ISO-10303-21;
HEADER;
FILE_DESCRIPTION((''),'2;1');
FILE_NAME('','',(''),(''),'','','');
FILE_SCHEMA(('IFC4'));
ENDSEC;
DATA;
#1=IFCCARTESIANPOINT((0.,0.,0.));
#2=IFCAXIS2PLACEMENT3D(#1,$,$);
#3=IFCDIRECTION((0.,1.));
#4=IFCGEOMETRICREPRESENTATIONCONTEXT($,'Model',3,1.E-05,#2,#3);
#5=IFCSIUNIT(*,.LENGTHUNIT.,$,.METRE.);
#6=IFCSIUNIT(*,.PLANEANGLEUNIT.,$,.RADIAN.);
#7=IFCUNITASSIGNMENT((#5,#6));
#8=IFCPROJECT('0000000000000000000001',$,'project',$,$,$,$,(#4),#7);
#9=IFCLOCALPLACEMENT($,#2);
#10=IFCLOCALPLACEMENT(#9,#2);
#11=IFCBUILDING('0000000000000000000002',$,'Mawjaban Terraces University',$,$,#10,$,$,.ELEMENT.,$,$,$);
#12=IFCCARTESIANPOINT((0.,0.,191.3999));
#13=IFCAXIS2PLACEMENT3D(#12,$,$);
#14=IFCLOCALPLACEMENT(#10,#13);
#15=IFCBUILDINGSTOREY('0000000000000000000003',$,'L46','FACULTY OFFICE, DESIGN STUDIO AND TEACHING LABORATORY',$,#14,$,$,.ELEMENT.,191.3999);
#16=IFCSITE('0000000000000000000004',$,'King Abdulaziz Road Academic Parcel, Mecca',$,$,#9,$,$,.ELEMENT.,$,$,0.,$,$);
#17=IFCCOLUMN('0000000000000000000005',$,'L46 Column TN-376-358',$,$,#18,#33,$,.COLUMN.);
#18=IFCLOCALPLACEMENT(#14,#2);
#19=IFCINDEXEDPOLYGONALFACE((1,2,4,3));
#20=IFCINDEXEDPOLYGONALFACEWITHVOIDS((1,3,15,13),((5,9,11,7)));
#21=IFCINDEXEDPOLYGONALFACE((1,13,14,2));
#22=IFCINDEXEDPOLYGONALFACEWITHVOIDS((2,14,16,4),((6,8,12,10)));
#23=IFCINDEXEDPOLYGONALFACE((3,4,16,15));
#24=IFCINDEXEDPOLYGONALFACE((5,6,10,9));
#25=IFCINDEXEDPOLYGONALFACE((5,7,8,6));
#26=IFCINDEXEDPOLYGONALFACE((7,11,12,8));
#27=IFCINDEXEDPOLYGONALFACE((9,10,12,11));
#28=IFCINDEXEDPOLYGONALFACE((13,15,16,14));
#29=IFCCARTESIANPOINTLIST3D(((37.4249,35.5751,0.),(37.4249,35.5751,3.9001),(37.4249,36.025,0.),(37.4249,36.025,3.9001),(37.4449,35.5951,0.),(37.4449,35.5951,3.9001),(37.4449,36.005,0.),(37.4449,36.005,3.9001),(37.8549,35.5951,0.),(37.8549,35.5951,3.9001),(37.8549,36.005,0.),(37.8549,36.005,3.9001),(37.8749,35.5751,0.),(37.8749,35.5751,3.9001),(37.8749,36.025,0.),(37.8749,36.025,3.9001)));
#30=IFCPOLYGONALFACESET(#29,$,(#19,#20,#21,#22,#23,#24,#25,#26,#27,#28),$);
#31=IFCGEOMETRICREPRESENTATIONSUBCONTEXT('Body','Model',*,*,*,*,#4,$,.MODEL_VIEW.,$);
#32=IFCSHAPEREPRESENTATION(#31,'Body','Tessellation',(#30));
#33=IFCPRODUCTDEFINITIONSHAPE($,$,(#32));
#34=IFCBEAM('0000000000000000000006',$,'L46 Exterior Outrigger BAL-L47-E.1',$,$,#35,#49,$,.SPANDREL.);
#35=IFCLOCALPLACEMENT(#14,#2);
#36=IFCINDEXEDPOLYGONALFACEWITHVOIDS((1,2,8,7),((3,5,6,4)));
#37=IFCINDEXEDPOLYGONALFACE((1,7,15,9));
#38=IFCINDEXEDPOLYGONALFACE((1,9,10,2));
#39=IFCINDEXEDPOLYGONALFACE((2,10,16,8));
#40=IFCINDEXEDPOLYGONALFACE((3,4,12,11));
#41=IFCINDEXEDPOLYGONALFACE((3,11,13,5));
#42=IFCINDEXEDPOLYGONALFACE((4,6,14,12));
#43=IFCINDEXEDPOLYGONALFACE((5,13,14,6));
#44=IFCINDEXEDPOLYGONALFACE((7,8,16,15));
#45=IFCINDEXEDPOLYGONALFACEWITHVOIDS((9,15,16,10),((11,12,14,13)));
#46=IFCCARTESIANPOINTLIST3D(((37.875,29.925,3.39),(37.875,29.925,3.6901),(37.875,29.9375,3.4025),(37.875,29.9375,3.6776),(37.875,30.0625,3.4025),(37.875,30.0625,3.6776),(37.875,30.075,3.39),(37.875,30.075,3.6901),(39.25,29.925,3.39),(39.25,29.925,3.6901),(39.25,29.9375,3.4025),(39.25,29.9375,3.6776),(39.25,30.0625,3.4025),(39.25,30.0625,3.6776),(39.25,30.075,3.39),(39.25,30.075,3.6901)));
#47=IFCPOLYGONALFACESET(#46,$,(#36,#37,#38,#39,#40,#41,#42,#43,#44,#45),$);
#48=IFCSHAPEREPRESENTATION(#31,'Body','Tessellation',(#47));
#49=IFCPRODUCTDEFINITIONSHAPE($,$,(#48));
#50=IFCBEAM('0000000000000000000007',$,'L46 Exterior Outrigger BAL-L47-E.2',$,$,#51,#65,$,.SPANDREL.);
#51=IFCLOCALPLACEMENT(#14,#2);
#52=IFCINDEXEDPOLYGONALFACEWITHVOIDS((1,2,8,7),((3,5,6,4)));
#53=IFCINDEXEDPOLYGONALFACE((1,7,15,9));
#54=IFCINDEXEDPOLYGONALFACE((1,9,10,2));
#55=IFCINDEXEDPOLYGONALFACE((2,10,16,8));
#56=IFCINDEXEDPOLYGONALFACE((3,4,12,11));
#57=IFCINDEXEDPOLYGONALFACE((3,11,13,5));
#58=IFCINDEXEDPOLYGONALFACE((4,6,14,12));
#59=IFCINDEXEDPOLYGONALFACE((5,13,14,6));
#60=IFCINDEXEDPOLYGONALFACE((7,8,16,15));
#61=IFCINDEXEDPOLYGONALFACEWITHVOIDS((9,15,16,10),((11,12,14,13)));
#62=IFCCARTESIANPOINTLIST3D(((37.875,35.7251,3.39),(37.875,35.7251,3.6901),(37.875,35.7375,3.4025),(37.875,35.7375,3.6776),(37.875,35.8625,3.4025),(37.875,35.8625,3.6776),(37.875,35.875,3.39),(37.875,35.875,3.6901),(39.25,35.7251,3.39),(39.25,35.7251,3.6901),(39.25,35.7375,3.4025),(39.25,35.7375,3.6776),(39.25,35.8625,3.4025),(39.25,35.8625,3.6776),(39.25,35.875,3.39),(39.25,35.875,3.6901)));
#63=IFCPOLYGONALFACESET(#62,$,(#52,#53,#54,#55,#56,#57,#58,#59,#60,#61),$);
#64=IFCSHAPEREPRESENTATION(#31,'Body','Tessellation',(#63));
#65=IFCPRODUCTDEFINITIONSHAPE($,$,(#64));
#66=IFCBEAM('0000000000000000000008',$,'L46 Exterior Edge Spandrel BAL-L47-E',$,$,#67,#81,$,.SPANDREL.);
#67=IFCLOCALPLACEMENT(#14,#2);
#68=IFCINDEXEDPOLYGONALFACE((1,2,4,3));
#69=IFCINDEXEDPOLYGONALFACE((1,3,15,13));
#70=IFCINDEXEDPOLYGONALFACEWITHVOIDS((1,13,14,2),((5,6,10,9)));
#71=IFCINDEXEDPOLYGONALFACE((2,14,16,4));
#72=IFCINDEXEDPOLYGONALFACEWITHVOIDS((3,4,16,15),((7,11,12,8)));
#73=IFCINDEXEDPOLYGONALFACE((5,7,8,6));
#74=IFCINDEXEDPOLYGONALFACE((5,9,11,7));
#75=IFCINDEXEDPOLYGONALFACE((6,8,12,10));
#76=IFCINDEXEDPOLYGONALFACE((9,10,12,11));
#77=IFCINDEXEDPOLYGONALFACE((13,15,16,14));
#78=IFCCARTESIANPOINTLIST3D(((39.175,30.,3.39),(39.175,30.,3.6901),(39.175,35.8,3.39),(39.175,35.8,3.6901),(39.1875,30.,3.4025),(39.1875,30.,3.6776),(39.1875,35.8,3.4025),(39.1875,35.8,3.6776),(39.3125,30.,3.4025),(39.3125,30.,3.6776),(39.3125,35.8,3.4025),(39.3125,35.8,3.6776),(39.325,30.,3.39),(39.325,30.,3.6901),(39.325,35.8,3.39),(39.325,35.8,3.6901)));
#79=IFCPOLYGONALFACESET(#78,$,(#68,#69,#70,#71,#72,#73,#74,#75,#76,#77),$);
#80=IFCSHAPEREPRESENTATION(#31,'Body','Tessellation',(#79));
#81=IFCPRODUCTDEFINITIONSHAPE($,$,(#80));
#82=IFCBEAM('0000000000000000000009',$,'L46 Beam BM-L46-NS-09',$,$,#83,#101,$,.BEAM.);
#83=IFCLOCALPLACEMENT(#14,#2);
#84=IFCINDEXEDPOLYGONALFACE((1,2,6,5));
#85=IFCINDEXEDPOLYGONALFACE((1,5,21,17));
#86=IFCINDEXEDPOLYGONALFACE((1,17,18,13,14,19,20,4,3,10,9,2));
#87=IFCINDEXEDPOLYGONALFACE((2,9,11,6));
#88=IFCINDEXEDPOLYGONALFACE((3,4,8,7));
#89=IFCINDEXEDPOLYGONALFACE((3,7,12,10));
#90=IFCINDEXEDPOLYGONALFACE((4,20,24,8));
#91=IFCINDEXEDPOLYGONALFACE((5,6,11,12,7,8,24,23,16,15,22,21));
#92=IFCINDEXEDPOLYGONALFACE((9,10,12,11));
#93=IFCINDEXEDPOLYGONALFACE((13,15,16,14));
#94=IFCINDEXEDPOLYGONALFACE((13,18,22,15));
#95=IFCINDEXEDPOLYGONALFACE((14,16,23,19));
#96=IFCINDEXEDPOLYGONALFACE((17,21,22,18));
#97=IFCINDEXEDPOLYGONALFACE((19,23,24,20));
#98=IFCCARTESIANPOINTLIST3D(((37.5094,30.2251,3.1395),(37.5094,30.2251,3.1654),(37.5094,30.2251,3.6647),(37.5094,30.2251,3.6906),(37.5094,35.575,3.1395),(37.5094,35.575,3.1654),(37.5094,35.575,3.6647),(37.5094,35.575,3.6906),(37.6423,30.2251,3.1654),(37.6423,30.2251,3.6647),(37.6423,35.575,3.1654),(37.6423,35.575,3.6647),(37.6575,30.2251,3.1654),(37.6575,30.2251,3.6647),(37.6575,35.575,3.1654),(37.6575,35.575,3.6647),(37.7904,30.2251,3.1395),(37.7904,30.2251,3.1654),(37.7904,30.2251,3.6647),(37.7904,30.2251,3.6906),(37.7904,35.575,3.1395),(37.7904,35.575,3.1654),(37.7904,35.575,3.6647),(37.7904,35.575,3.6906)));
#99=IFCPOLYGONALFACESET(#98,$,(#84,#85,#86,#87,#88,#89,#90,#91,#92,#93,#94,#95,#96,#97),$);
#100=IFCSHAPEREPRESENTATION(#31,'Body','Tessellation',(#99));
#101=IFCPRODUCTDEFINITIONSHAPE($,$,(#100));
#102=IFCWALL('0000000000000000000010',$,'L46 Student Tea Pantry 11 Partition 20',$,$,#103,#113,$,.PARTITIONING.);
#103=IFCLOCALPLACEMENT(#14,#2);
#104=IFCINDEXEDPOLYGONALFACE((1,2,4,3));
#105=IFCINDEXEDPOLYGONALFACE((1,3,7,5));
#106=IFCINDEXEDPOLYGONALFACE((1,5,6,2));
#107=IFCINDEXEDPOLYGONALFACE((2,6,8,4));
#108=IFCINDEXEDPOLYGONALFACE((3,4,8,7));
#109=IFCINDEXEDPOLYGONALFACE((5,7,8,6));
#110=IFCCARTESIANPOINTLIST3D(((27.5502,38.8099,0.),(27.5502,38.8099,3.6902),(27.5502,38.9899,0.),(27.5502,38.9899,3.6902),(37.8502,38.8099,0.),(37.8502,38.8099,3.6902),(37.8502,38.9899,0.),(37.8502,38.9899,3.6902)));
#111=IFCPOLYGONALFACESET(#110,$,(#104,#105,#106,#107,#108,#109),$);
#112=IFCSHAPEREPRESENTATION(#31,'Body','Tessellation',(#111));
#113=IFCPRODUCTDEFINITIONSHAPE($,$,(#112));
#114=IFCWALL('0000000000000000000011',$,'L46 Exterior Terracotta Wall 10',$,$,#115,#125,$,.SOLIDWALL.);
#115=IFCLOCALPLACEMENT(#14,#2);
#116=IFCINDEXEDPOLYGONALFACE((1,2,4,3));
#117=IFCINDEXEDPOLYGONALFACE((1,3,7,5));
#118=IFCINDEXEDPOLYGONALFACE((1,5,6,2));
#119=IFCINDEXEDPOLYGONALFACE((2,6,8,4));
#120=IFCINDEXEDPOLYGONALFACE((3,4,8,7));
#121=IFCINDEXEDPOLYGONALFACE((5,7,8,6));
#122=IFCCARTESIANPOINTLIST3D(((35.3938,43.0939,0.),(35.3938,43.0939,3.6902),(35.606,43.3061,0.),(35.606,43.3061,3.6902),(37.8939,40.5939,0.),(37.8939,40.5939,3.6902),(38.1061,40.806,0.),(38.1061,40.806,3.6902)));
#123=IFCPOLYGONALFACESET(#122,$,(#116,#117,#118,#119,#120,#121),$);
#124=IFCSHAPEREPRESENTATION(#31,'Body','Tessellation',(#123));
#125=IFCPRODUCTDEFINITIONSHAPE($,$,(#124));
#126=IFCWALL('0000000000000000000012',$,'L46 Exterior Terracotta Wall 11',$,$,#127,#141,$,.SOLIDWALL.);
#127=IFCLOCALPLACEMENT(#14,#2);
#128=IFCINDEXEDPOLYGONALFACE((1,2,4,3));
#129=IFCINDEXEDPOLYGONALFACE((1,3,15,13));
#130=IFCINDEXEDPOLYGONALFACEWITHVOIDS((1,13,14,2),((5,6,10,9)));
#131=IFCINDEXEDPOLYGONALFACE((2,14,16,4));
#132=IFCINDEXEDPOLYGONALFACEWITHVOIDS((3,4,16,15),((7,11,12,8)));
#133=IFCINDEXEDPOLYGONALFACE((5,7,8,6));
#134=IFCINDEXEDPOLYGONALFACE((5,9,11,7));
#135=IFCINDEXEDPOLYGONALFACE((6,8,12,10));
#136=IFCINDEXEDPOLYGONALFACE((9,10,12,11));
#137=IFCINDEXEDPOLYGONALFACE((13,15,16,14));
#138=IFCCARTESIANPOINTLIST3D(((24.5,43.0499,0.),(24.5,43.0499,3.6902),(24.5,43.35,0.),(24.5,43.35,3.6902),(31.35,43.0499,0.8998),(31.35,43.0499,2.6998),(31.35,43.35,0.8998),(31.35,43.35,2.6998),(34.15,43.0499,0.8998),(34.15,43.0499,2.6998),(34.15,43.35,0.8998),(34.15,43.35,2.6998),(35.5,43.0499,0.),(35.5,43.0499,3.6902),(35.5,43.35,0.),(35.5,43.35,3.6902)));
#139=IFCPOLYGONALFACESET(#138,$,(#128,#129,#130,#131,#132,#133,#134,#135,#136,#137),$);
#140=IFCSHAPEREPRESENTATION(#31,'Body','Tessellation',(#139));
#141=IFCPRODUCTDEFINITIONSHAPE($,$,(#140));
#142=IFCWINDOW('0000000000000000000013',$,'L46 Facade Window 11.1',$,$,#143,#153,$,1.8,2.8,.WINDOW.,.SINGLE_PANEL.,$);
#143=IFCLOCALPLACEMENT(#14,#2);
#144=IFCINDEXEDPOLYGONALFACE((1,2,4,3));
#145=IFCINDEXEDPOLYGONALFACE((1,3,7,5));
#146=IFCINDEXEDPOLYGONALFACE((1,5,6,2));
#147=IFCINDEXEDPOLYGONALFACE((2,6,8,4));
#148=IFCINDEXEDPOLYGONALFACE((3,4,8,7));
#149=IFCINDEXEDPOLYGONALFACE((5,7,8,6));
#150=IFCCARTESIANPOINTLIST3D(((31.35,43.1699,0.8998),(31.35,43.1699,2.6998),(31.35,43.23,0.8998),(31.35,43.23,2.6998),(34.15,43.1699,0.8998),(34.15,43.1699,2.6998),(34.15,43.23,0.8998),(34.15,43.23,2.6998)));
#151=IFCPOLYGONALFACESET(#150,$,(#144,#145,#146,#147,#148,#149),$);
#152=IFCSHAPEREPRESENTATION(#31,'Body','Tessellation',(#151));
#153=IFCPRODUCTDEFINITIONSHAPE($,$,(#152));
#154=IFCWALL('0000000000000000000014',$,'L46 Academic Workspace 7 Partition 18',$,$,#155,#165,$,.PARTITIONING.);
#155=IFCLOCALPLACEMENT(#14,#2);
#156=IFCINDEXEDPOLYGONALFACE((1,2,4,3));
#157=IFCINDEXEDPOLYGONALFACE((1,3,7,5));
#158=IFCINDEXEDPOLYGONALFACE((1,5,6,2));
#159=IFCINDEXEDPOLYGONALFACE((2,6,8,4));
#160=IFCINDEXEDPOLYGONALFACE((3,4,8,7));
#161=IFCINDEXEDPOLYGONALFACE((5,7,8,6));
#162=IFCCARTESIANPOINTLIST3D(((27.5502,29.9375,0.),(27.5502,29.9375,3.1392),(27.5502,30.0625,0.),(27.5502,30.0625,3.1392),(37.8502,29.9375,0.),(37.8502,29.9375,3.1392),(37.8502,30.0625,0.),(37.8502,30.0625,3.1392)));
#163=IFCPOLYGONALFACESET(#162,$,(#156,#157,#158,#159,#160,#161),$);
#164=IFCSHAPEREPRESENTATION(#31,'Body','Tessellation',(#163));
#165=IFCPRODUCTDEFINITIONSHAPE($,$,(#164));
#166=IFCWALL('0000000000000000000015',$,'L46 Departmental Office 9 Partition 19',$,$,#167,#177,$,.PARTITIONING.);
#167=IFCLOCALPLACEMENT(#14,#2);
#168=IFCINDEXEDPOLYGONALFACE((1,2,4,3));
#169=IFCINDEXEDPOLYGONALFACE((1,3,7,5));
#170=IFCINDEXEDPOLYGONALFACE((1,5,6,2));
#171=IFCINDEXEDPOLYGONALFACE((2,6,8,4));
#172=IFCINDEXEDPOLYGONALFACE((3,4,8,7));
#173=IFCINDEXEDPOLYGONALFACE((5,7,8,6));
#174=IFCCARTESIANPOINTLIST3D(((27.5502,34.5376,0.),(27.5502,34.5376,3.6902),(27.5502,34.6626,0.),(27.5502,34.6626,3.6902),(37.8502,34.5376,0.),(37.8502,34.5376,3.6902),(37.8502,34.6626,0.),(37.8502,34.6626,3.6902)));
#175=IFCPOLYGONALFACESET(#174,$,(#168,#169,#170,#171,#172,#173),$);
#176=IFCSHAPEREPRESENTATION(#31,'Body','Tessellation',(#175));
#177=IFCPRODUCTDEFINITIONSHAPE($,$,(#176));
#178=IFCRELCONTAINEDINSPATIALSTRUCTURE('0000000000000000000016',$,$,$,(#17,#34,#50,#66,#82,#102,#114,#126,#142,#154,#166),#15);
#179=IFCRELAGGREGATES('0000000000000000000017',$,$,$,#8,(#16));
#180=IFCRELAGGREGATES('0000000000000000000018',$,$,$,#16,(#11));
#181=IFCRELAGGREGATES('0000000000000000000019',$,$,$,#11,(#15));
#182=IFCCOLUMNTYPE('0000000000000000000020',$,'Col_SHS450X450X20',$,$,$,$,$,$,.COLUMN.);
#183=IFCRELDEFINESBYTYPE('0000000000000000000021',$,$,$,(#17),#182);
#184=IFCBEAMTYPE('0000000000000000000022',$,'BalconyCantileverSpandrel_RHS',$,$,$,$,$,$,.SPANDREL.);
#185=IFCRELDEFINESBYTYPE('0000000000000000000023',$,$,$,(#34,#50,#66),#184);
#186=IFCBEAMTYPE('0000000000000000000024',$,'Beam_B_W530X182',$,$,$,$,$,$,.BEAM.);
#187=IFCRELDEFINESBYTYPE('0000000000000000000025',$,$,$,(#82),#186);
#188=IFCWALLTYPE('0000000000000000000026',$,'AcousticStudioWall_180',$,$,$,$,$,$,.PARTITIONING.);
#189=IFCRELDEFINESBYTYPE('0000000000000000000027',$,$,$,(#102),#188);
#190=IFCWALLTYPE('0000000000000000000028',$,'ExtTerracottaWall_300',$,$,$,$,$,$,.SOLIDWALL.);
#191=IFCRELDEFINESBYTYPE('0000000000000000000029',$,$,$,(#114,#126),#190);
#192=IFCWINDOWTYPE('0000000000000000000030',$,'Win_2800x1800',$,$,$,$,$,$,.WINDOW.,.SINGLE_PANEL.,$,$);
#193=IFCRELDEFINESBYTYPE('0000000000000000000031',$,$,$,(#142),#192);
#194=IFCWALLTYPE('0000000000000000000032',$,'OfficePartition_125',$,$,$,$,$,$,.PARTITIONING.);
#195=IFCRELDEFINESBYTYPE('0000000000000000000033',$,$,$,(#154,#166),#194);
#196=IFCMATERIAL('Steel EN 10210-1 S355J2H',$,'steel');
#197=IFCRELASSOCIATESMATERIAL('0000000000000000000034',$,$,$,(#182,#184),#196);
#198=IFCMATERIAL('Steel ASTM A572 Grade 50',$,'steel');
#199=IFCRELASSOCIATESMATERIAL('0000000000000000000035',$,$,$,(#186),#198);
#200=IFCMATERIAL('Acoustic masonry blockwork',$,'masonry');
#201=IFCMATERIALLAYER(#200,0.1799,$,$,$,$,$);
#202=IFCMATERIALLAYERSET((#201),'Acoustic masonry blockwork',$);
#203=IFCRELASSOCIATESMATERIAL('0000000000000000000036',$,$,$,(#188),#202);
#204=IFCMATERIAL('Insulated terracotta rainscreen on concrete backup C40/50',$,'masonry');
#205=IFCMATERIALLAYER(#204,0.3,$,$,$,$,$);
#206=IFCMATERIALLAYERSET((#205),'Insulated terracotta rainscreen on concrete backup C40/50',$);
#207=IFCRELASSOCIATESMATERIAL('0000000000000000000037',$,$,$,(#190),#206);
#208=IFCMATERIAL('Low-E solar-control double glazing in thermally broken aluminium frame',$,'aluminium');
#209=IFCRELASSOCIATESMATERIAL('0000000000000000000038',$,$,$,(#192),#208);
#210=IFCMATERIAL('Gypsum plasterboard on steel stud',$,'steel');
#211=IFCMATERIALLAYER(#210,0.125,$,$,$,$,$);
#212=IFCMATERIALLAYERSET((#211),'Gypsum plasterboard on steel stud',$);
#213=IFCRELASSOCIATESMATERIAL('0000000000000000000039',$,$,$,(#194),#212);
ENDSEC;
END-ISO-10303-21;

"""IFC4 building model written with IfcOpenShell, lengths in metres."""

from ifc_helpers import new_model, si_unit, direction, frame, frame_2d, origin, origin_2d, place, context, subcontext, project, spatial, rectangle, hollow_rectangle, i_section, extrude, material, layer, layer_set, material_profile, profile_set, type_object, element, fill, save


model = new_model("IFC4")

# Units and contexts
model_context = context("Model", 3, precision=1e-05, world=origin(), true_north=direction((0.0, 1.0)))
body_context = subcontext(model_context, "Body", "Model", "MODEL_VIEW")
ifc_project = project(units=[si_unit("LENGTHUNIT", "METRE"), si_unit("PLANEANGLEUNIT", "RADIAN")], contexts=[model_context])

# Site, building, storey
site_placement = place(None, origin())
site = spatial("IfcSite", under=ifc_project, at=site_placement, Name="King Abdulaziz Road Academic Parcel, Mecca", CompositionType="ELEMENT", RefElevation=0.0)
building_placement = place(site_placement, origin())
building = spatial("IfcBuilding", under=site, at=building_placement, Name="Mawjaban Terraces University", CompositionType="ELEMENT")
storey_placement = place(building_placement, frame((0.0, 0.0, 191.3999)))
storey = spatial("IfcBuildingStorey", under=building, at=storey_placement, Name="L46", Description="FACULTY OFFICE, DESIGN STUDIO AND TEACHING LABORATORY", CompositionType="ELEMENT", Elevation=191.3999)

# Column
ifc_material_1 = material(Name="Steel EN 10210-1 S355J2H", Category="steel")
ifc_material_profile_1 = material_profile(ifc_material_1, hollow_rectangle(XDim=0.45, YDim=0.45, WallThickness=0.02, at=origin_2d()), Name="SHS450X450X20")
ifc_profile_set_1 = profile_set([ifc_material_profile_1], Name="Steel EN 10210-1 S355J2H")
column_type = type_object("IfcColumnType", Name="Col_SHS450X450X20", PredefinedType="COLUMN", material=ifc_profile_set_1)
column_placement = place(storey_placement, frame((37.6499, 35.8, 0.0), z_axis=(0.0, 0.0, 1.0), x_axis=(1.0, 0.0, 0.0)))
element("IfcColumn", 1, at=column_placement, inside=storey, type_object=column_type, Name="L46 Column TN-376-358", PredefinedType="COLUMN", context=body_context, shape_type="SweptSolid", body=[
    extrude(hollow_rectangle(XDim=0.45, YDim=0.45, WallThickness=0.02, at=origin_2d()), origin(), (0.0, 0.0, 1.0), 3.9001),
])

# Beams
ifc_material_profile_2 = material_profile(ifc_material_1, hollow_rectangle(XDim=0.1499, YDim=0.3, WallThickness=0.0125, at=origin_2d()), Name="RHS300X150X12.5")
ifc_profile_set_2 = profile_set([ifc_material_profile_2], Name="Steel EN 10210-1 S355J2H")
beam_type_1 = type_object("IfcBeamType", Name="BalconyCantileverSpandrel_RHS", PredefinedType="SPANDREL", material=ifc_profile_set_2)
for number, where, z_axis, x_axis, name in (
    (2, (37.875, 30.0, 3.54), (1.0, 0.0, 0.0), (0.0, 1.0, 0.0), "L46 Exterior Outrigger BAL-L47-E.1"),
    (3, (37.875, 35.8, 3.54), (1.0, 0.0, 0.0), (0.0, 1.0, 0.0), "L46 Exterior Outrigger BAL-L47-E.2"),
):
    element("IfcBeam", number, at=place(storey_placement, frame(where, z_axis=z_axis, x_axis=x_axis)), inside=storey, type_object=beam_type_1, Name=name, PredefinedType="SPANDREL", context=body_context, shape_type="SweptSolid", body=[
        extrude(hollow_rectangle(XDim=0.1499, YDim=0.3, WallThickness=0.0125, at=origin_2d()), origin(), (0.0, 0.0, 1.0), 1.375),
    ])
beam_1_placement = place(storey_placement, frame((39.25, 30.0, 3.54), z_axis=(0.0, 1.0, 0.0), x_axis=(-1.0, 0.0, 0.0)))
element("IfcBeam", 4, at=beam_1_placement, inside=storey, type_object=beam_type_1, Name="L46 Exterior Edge Spandrel BAL-L47-E", PredefinedType="SPANDREL", context=body_context, shape_type="SweptSolid", body=[
    extrude(hollow_rectangle(XDim=0.1499, YDim=0.3, WallThickness=0.0125, at=origin_2d()), origin(), (0.0, 0.0, 1.0), 5.8),
])
ifc_material_2 = material(Name="Steel ASTM A572 Grade 50", Category="steel")
ifc_material_profile_3 = material_profile(ifc_material_2, i_section(OverallWidth=0.281, OverallDepth=0.551, WebThickness=0.0151, FlangeThickness=0.0259, at=origin_2d()), Name="W530X182")
ifc_profile_set_3 = profile_set([ifc_material_profile_3], Name="Steel ASTM A572 Grade 50")
beam_type_2 = type_object("IfcBeamType", Name="Beam_B_W530X182", PredefinedType="BEAM", material=ifc_profile_set_3)
beam_2_placement = place(storey_placement, frame((37.6499, 30.2251, 3.415), z_axis=(0.0, 1.0, 0.0), x_axis=(-1.0, 0.0, 0.0)))
element("IfcBeam", 5, at=beam_2_placement, inside=storey, type_object=beam_type_2, Name="L46 Beam BM-L46-NS-09", PredefinedType="BEAM", context=body_context, shape_type="SweptSolid", body=[
    extrude(i_section(OverallWidth=0.281, OverallDepth=0.551, WebThickness=0.0151, FlangeThickness=0.0259, at=origin_2d()), origin(), (0.0, 0.0, 1.0), 5.3499),
])

# Walls
ifc_material_3 = material(Name="Acoustic masonry blockwork", Category="masonry")
ifc_layer_1 = layer(ifc_material_3, 0.1799)
ifc_layer_set_1 = layer_set([ifc_layer_1], Name="Acoustic masonry blockwork")
wall_type_1 = type_object("IfcWallType", Name="AcousticStudioWall_180", PredefinedType="PARTITIONING", material=ifc_layer_set_1)
wall_1_placement = place(storey_placement, frame((37.8501, 38.8999, 0.0), z_axis=(0.0, 0.0, 1.0), x_axis=(-1.0, 0.0, 0.0)))
element("IfcWall", 6, at=wall_1_placement, inside=storey, type_object=wall_type_1, Name="L46 Student Tea Pantry 11 Partition 20", PredefinedType="PARTITIONING", context=body_context, shape_type="SweptSolid", body=[
    extrude(rectangle(XDim=10.3, YDim=0.1799, at=frame_2d((5.1499, 0.0))), origin(), (0.0, 0.0, 1.0), 3.6902),
])
ifc_material_4 = material(Name="Insulated terracotta rainscreen on concrete backup C40/50", Category="masonry")
ifc_layer_2 = layer(ifc_material_4, 0.3)
ifc_layer_set_2 = layer_set([ifc_layer_2], Name="Insulated terracotta rainscreen on concrete backup C40/50")
wall_type_2 = type_object("IfcWallType", Name="ExtTerracottaWall_300", PredefinedType="SOLIDWALL", material=ifc_layer_set_2)
wall_2_placement = place(storey_placement, frame((38.0, 40.7, 0.0), z_axis=(0.0, 0.0, 1.0), x_axis=(-0.707107, 0.707107, 0.0)))
element("IfcWall", 7, at=wall_2_placement, inside=storey, type_object=wall_type_2, Name="L46 Exterior Terracotta Wall 10", PredefinedType="SOLIDWALL", context=body_context, shape_type="SweptSolid", body=[
    extrude(rectangle(XDim=3.5356, YDim=0.3, at=frame_2d((1.7678, 0.0))), origin(), (0.0, 0.0, 1.0), 3.6902),
])

# Wall, opening, window
wall_3_placement = place(storey_placement, frame((35.5, 43.2, 0.0), z_axis=(0.0, 0.0, 1.0), x_axis=(-1.0, 0.0, 0.0)))
wall_3 = element("IfcWall", 8, at=wall_3_placement, inside=storey, type_object=wall_type_2, Name="L46 Exterior Terracotta Wall 11", PredefinedType="SOLIDWALL", context=body_context, shape_type="SweptSolid", body=[
    extrude(rectangle(XDim=11.0, YDim=0.3, at=frame_2d((5.5, 0.0))), origin(), (0.0, 0.0, 1.0), 3.6902),
])
opening_placement = place(wall_3_placement, frame((1.3501, 0.0, 0.8999)))
opening = element("IfcOpeningElement", 9, at=opening_placement, cuts=wall_3, PredefinedType="OPENING", context=body_context, shape_type="SweptSolid", body=[
    extrude(rectangle(XDim=2.8, YDim=1.8, at=frame_2d((1.3999, 0.8999))), frame((0.0, 0.1599, 0.0), z_axis=(0.0, -1.0, 0.0), x_axis=(1.0, 0.0, 0.0)), (0.0, 0.0, 1.0), 0.3201),
])
ifc_material_5 = material(Name="Low-E solar-control double glazing in thermally broken aluminium frame", Category="aluminium")
window_type = type_object("IfcWindowType", Name="Win_2800x1800", PartitioningType="SINGLE_PANEL", PredefinedType="WINDOW", material=ifc_material_5)
window_placement = place(opening_placement, origin())
window = element("IfcWindow", 10, at=window_placement, inside=storey, type_object=window_type, Name="L46 Facade Window 11.1", OverallHeight=1.8, OverallWidth=2.8, PartitioningType="SINGLE_PANEL", PredefinedType="WINDOW", context=body_context, shape_type="SweptSolid", body=[
    extrude(rectangle(XDim=2.8, YDim=1.8, at=frame_2d((1.3999, 0.8999))), frame((0.0, 0.03, 0.0), z_axis=(0.0, -1.0, 0.0), x_axis=(1.0, 0.0, 0.0)), (0.0, 0.0, 1.0), 0.0601),
])
fill(opening, window)

# Walls
ifc_material_6 = material(Name="Gypsum plasterboard on steel stud", Category="steel")
ifc_layer_3 = layer(ifc_material_6, 0.125)
ifc_layer_set_3 = layer_set([ifc_layer_3], Name="Gypsum plasterboard on steel stud")
wall_type_3 = type_object("IfcWallType", Name="OfficePartition_125", PredefinedType="PARTITIONING", material=ifc_layer_set_3)
wall_4_placement = place(storey_placement, frame((37.8501, 30.0, 0.0), z_axis=(0.0, 0.0, 1.0), x_axis=(-1.0, 0.0, 0.0)))
element("IfcWall", 11, at=wall_4_placement, inside=storey, type_object=wall_type_3, Name="L46 Academic Workspace 7 Partition 18", PredefinedType="PARTITIONING", context=body_context, shape_type="SweptSolid", body=[
    extrude(rectangle(XDim=10.3, YDim=0.125, at=frame_2d((5.1499, 0.0))), origin(), (0.0, 0.0, 1.0), 3.1392),
])
wall_5_placement = place(storey_placement, frame((37.8501, 34.6001, 0.0), z_axis=(0.0, 0.0, 1.0), x_axis=(-1.0, 0.0, 0.0)))
element("IfcWall", 12, at=wall_5_placement, inside=storey, type_object=wall_type_3, Name="L46 Departmental Office 9 Partition 19", PredefinedType="PARTITIONING", context=body_context, shape_type="SweptSolid", body=[
    extrude(rectangle(XDim=10.3, YDim=0.125, at=frame_2d((5.1499, 0.0))), origin(), (0.0, 0.0, 1.0), 3.6902),
])

save(model, "model.ifc")
